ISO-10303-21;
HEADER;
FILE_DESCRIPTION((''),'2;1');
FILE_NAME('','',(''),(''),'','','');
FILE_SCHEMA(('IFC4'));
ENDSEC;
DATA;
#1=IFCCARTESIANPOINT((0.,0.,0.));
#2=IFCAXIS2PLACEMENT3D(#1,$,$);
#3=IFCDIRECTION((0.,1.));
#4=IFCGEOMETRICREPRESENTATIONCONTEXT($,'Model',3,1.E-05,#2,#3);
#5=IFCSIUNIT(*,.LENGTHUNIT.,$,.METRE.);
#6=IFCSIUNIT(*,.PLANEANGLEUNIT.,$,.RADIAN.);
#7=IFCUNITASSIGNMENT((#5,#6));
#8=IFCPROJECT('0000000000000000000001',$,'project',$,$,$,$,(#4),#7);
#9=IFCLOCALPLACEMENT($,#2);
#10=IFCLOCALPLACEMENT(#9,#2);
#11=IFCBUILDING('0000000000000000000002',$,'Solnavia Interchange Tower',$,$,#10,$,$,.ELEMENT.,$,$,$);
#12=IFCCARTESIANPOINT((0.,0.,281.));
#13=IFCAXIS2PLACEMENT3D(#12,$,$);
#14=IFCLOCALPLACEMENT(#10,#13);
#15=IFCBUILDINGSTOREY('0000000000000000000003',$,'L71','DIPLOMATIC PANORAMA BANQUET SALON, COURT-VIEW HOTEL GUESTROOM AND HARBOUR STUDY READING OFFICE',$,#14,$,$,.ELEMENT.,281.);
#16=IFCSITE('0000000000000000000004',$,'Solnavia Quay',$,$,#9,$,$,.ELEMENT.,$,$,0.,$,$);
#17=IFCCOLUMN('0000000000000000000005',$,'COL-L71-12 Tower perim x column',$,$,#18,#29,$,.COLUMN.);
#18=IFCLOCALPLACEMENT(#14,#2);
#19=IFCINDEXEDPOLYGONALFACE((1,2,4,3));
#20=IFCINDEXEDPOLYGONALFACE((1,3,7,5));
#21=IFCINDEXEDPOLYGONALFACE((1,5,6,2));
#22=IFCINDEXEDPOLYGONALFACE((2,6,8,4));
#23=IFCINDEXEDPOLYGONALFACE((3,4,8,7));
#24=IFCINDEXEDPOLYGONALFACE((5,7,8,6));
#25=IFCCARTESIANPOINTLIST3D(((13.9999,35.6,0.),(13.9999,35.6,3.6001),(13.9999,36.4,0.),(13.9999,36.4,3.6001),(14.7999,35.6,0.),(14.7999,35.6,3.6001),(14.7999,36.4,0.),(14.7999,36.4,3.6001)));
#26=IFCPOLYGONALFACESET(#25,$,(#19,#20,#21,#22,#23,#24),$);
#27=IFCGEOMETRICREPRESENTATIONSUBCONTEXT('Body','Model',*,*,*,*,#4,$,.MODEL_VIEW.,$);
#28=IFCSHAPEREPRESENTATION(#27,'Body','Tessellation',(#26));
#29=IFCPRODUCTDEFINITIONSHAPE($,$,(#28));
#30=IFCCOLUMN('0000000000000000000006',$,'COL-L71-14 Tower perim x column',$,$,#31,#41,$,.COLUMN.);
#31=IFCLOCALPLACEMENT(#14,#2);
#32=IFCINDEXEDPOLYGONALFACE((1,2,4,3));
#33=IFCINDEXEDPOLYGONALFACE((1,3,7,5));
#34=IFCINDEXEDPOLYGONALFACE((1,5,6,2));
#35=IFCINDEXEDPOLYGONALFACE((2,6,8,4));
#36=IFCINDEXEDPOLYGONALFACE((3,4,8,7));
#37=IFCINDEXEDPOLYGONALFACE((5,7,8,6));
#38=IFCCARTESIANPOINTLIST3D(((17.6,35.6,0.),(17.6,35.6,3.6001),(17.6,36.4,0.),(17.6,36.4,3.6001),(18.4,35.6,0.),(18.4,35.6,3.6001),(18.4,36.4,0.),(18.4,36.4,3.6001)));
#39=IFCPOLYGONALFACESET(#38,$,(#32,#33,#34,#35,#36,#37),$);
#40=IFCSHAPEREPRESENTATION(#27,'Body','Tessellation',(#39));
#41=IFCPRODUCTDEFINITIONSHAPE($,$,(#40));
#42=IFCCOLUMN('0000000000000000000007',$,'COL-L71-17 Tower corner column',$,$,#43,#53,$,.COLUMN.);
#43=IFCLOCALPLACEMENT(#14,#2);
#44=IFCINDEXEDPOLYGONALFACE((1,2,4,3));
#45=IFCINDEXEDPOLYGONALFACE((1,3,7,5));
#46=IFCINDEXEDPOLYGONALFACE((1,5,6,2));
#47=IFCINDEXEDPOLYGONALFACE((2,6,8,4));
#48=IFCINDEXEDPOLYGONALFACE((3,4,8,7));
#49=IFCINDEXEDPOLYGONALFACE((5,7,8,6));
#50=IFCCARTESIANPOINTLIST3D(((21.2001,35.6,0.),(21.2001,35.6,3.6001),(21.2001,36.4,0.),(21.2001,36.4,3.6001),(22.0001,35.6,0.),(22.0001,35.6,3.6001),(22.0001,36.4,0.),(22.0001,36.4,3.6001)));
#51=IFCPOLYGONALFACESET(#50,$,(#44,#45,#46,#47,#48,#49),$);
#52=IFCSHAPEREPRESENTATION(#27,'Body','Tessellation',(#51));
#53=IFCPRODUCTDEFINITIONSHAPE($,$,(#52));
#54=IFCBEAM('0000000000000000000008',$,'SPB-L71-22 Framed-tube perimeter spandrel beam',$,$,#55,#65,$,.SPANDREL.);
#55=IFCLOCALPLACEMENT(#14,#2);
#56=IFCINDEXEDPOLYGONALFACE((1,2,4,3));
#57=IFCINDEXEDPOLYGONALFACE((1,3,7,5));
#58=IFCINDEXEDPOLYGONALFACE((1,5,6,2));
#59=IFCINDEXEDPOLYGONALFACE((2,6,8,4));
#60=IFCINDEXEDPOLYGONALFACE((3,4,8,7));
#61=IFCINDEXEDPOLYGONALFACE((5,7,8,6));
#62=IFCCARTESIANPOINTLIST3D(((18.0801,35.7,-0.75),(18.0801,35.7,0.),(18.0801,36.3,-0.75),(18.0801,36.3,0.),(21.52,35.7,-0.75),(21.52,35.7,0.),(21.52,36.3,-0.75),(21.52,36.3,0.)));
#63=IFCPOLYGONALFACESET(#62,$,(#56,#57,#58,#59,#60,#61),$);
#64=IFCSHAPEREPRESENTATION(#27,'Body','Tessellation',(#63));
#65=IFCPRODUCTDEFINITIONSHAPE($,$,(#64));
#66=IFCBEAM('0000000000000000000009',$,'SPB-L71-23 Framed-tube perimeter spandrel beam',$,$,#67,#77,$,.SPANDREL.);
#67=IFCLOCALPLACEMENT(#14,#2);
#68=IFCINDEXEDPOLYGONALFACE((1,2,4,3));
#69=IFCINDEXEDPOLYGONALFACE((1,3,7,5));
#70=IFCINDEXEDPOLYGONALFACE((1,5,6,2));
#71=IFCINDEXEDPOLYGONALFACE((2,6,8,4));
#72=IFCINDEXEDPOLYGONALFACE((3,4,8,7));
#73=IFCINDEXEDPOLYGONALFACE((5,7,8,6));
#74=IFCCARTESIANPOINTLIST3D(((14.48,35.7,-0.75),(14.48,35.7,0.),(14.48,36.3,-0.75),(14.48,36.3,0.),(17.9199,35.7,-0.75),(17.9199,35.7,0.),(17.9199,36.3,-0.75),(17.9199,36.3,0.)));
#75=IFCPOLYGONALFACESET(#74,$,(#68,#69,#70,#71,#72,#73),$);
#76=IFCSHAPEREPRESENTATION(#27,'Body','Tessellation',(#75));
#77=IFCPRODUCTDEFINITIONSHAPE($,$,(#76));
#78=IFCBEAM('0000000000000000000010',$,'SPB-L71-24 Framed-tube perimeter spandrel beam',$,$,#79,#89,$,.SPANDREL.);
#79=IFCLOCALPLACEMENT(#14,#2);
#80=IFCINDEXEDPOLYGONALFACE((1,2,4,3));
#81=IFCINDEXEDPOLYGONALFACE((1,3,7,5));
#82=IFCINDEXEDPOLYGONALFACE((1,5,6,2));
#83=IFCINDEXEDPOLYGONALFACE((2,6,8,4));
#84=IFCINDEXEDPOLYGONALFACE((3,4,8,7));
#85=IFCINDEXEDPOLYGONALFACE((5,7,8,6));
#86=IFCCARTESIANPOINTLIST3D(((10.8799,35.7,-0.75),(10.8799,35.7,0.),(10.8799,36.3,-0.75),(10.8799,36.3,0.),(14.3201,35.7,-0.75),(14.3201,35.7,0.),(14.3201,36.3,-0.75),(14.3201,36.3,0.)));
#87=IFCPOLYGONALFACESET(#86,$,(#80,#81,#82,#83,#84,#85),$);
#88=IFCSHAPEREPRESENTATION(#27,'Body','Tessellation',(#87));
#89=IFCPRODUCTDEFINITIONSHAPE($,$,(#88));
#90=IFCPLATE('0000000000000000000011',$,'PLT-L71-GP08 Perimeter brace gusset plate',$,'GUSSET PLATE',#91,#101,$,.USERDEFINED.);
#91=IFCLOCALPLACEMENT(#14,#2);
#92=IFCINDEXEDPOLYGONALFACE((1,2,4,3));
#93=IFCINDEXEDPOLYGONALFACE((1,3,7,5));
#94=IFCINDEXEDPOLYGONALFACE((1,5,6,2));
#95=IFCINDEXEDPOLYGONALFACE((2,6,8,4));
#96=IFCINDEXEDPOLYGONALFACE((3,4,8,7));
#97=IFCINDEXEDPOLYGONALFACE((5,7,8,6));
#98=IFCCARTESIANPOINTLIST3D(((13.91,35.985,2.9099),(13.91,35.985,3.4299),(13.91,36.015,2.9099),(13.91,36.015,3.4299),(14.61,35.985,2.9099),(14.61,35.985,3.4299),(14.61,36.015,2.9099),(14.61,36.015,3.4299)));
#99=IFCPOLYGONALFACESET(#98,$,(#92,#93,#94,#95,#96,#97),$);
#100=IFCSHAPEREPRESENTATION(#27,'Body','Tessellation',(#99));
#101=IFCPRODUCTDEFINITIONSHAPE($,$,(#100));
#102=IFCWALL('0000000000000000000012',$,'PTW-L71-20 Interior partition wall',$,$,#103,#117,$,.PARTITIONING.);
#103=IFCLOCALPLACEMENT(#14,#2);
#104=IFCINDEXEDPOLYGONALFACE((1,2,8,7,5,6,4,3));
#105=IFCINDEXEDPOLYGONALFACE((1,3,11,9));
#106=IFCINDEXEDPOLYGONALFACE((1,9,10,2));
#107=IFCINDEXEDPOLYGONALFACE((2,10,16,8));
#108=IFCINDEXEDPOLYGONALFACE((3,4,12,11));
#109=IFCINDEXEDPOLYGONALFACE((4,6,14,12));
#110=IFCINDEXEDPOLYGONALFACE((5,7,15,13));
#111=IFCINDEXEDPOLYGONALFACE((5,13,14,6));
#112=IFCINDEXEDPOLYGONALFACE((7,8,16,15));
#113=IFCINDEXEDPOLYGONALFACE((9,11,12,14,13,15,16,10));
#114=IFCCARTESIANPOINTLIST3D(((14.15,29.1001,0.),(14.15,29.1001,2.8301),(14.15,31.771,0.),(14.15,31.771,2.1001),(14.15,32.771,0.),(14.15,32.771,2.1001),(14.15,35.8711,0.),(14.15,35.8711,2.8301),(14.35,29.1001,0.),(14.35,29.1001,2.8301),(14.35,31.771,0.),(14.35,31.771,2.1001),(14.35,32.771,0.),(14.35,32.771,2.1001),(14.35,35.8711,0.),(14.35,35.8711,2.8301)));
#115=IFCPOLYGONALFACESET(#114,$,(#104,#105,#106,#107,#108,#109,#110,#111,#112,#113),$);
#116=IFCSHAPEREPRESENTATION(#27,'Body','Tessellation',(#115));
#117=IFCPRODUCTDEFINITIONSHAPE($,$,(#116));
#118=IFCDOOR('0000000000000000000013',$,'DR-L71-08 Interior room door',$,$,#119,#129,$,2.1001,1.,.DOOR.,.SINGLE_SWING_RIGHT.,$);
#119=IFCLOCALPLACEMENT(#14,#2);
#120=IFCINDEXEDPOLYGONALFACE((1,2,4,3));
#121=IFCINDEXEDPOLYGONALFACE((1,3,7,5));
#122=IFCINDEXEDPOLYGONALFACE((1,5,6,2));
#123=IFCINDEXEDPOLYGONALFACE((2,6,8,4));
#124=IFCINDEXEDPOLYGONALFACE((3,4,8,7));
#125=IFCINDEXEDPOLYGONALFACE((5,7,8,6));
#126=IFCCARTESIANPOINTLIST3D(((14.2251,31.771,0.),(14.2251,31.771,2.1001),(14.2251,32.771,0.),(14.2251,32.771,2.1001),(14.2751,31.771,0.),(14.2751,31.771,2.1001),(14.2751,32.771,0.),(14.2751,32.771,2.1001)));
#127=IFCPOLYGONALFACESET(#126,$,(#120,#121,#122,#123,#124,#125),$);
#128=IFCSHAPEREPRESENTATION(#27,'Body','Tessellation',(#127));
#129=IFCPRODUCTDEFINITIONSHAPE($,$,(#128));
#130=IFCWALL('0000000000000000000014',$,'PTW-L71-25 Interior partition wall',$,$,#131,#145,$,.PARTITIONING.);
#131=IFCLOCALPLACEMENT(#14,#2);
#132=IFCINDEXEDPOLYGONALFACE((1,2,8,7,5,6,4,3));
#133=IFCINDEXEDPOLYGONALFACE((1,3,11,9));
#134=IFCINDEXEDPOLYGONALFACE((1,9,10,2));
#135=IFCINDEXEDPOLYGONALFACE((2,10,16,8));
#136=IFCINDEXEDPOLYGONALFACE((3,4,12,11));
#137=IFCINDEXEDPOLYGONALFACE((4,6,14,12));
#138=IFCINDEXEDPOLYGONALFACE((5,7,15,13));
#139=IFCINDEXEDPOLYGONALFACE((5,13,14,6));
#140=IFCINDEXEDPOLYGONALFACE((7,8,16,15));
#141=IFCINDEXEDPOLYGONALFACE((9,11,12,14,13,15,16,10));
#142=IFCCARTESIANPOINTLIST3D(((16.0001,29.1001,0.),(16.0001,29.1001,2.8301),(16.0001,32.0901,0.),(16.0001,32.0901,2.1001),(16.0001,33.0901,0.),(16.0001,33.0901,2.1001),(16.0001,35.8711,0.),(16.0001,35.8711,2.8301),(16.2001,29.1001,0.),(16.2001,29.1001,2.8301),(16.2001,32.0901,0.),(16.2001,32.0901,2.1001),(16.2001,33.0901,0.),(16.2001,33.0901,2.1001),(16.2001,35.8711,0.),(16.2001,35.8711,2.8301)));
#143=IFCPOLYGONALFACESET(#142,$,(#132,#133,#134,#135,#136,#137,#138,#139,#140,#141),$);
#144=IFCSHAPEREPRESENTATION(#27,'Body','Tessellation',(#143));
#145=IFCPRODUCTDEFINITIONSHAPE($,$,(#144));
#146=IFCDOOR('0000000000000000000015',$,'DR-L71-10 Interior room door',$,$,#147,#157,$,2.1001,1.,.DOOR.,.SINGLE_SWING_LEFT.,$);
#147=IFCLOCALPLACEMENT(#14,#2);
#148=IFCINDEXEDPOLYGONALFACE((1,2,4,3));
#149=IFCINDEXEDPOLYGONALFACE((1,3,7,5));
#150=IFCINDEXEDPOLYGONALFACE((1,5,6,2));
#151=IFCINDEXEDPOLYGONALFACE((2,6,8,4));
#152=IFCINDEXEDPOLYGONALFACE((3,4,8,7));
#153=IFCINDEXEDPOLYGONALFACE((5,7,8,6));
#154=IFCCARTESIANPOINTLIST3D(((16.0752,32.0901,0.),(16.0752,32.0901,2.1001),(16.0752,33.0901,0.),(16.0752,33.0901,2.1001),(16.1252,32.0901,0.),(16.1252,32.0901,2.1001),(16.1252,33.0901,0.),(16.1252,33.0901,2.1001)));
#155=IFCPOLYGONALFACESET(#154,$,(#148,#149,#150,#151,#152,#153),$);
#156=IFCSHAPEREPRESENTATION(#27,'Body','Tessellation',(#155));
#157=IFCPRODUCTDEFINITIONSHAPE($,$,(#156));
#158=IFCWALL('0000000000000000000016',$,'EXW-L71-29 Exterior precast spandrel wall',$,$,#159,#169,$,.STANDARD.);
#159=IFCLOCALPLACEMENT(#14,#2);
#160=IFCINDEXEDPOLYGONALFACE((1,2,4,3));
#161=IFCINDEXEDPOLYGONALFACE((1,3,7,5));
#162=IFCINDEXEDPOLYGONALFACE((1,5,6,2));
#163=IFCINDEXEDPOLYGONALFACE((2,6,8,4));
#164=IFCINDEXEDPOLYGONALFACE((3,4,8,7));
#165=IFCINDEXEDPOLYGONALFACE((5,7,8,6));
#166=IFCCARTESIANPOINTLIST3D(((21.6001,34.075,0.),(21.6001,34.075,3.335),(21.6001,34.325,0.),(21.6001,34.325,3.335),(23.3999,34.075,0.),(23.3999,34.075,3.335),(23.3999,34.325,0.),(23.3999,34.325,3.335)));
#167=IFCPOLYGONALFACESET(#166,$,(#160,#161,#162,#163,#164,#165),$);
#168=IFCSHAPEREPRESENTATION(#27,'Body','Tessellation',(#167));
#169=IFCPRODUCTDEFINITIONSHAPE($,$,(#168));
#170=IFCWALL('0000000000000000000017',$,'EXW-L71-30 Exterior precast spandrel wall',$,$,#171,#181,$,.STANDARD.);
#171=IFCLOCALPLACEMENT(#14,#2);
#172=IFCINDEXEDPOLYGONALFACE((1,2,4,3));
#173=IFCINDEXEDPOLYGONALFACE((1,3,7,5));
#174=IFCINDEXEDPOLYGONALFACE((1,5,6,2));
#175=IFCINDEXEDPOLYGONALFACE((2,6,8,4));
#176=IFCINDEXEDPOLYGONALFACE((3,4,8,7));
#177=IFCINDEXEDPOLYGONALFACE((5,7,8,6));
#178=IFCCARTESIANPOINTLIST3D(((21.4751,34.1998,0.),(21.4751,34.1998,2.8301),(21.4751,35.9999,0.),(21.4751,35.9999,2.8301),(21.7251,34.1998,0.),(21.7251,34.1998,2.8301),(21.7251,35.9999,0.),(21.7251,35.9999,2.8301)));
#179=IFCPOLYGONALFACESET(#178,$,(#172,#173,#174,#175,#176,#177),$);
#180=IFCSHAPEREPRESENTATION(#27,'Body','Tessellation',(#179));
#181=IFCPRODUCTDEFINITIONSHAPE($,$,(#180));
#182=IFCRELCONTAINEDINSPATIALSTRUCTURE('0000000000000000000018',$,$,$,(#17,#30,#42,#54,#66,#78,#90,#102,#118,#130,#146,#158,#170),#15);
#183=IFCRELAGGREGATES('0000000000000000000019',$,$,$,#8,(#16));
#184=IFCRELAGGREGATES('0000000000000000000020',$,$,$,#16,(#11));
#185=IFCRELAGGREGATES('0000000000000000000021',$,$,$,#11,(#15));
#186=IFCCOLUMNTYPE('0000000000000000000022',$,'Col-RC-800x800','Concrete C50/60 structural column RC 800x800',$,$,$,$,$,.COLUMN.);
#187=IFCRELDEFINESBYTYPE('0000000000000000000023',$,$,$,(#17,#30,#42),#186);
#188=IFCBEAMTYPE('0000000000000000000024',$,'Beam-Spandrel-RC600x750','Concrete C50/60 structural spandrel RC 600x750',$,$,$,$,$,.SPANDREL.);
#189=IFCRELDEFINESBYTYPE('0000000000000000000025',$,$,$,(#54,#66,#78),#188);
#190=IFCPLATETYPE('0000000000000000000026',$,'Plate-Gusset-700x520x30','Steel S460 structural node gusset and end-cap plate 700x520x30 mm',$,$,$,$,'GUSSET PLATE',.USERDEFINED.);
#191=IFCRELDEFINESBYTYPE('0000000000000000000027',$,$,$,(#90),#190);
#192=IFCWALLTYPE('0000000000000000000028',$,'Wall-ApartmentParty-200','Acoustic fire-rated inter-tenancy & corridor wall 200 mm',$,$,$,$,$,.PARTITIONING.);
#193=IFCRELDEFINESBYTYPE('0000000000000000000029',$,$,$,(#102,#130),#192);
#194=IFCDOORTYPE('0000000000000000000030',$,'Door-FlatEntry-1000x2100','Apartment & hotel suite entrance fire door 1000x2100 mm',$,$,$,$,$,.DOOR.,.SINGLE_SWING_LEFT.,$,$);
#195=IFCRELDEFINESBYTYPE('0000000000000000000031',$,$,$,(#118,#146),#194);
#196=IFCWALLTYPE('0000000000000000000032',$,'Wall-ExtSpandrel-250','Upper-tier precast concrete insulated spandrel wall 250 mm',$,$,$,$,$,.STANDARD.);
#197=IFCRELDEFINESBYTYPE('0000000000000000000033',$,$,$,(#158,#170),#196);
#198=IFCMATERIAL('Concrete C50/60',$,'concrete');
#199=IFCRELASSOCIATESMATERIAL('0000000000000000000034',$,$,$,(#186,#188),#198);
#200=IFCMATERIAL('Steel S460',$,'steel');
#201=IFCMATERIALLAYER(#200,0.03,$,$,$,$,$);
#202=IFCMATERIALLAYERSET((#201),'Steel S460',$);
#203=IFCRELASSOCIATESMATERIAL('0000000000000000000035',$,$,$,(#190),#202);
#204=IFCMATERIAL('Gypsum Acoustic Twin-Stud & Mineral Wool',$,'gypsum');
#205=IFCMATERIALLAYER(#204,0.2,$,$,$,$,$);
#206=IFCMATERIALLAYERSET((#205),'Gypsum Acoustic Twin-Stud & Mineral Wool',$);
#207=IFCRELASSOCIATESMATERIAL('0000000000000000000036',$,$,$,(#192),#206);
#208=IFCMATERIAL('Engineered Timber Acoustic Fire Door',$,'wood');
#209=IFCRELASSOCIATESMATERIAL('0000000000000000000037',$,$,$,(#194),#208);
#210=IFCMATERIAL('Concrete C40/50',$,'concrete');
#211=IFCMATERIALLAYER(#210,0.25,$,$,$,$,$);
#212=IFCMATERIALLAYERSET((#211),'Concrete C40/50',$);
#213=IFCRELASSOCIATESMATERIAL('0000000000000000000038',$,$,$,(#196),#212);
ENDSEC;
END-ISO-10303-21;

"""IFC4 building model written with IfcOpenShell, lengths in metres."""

from ifc_helpers import new_model, si_unit, direction, frame, frame_2d, origin, origin_2d, place, context, subcontext, project, spatial, rectangle, extrude, material, layer, layer_set, material_profile, profile_set, type_object, element, fill, save


model = new_model("IFC4")

# Units and contexts
model_context = context("Model", 3, precision=1e-05, world=origin(), true_north=direction((0.0, 1.0)))
body_context = subcontext(model_context, "Body", "Model", "MODEL_VIEW")
ifc_project = project(units=[si_unit("LENGTHUNIT", "METRE"), si_unit("PLANEANGLEUNIT", "RADIAN")], contexts=[model_context])

# Site, building, storey
site_placement = place(None, origin())
site = spatial("IfcSite", under=ifc_project, at=site_placement, Name="Solnavia Quay", CompositionType="ELEMENT", RefElevation=0.0)
building_placement = place(site_placement, origin())
building = spatial("IfcBuilding", under=site, at=building_placement, Name="Solnavia Interchange Tower", CompositionType="ELEMENT")
storey_placement = place(building_placement, frame((0.0, 0.0, 281.0)))
storey = spatial("IfcBuildingStorey", under=building, at=storey_placement, Name="L71", Description="DIPLOMATIC PANORAMA BANQUET SALON, COURT-VIEW HOTEL GUESTROOM AND HARBOUR STUDY READING OFFICE", CompositionType="ELEMENT", Elevation=281.0)

# Columns
ifc_material_1 = material(Name="Concrete C50/60", Category="concrete")
ifc_material_profile_1 = material_profile(ifc_material_1, rectangle(XDim=0.8, YDim=0.8, at=origin_2d()), Name="RC 800x800")
ifc_profile_set_1 = profile_set([ifc_material_profile_1], Name="Concrete C50/60")
column_type = type_object("IfcColumnType", Name="Col-RC-800x800", Description="Concrete C50/60 structural column RC 800x800", PredefinedType="COLUMN", material=ifc_profile_set_1)
for number, where, z_axis, x_axis, name in (
    (1, (14.3999, 36.0, 0.0), (0.0, 0.0, 1.0), (1.0, 0.0, 0.0), "COL-L71-12 Tower perim x column"),
    (2, (18.0, 36.0, 0.0), (0.0, 0.0, 1.0), (1.0, 0.0, 0.0), "COL-L71-14 Tower perim x column"),
    (3, (21.6001, 36.0, 0.0), (0.0, 0.0, 1.0), (1.0, 0.0, 0.0), "COL-L71-17 Tower corner column"),
):
    element("IfcColumn", number, at=place(storey_placement, frame(where, z_axis=z_axis, x_axis=x_axis)), inside=storey, type_object=column_type, Name=name, PredefinedType="COLUMN", context=body_context, shape_type="SweptSolid", body=[
        extrude(rectangle(XDim=0.8, YDim=0.8, at=origin_2d()), origin(), (0.0, 0.0, 1.0), 3.6001),
    ])

# Beams
ifc_material_profile_2 = material_profile(ifc_material_1, rectangle(XDim=0.6001, YDim=0.75, at=origin_2d()), Name="RC 600x750")
ifc_profile_set_2 = profile_set([ifc_material_profile_2], Name="Concrete C50/60")
beam_type = type_object("IfcBeamType", Name="Beam-Spandrel-RC600x750", Description="Concrete C50/60 structural spandrel RC 600x750", PredefinedType="SPANDREL", material=ifc_profile_set_2)
for number, where, z_axis, x_axis, name in (
    (4, (21.52, 36.0, -0.375), (-1.0, 0.0, 0.0), (0.0, -1.0, 0.0), "SPB-L71-22 Framed-tube perimeter spandrel beam"),
    (5, (17.9199, 36.0, -0.375), (-1.0, 0.0, 0.0), (0.0, -1.0, 0.0), "SPB-L71-23 Framed-tube perimeter spandrel beam"),
):
    element("IfcBeam", number, at=place(storey_placement, frame(where, z_axis=z_axis, x_axis=x_axis)), inside=storey, type_object=beam_type, Name=name, PredefinedType="SPANDREL", context=body_context, shape_type="SweptSolid", body=[
        extrude(rectangle(XDim=0.6001, YDim=0.75, at=origin_2d()), origin(), (0.0, 0.0, 1.0), 3.4399),
    ])
beam_placement = place(storey_placement, frame((14.3201, 36.0, -0.375), z_axis=(-1.0, 0.0, 0.0), x_axis=(0.0, -1.0, 0.0)))
element("IfcBeam", 6, at=beam_placement, inside=storey, type_object=beam_type, Name="SPB-L71-24 Framed-tube perimeter spandrel beam", PredefinedType="SPANDREL", context=body_context, shape_type="SweptSolid", body=[
    extrude(rectangle(XDim=0.6001, YDim=0.75, at=origin_2d()), origin(), (0.0, 0.0, 1.0), 3.4402),
])

# Plate
ifc_material_2 = material(Name="Steel S460", Category="steel")
ifc_layer_1 = layer(ifc_material_2, 0.03)
ifc_layer_set_1 = layer_set([ifc_layer_1], Name="Steel S460")
plate_type = type_object("IfcPlateType", Name="Plate-Gusset-700x520x30", Description="Steel S460 structural node gusset and end-cap plate 700x520x30 mm", ElementType="GUSSET PLATE", PredefinedType="USERDEFINED", material=ifc_layer_set_1)
plate_placement = place(storey_placement, frame((14.26, 36.0, 2.9099), z_axis=(0.0, 0.0, 1.0), x_axis=(1.0, 0.0, 0.0)))
element("IfcPlate", 7, at=plate_placement, inside=storey, type_object=plate_type, Name="PLT-L71-GP08 Perimeter brace gusset plate", ObjectType="GUSSET PLATE", PredefinedType="USERDEFINED", context=body_context, shape_type="SweptSolid", body=[
    extrude(rectangle(XDim=0.7, YDim=0.03, at=origin_2d()), origin(), (0.0, 0.0, 1.0), 0.52),
])

# Walls, openings, doors
ifc_material_3 = material(Name="Gypsum Acoustic Twin-Stud & Mineral Wool", Category="gypsum")
ifc_layer_2 = layer(ifc_material_3, 0.2)
ifc_layer_set_2 = layer_set([ifc_layer_2], Name="Gypsum Acoustic Twin-Stud & Mineral Wool")
wall_type_1 = type_object("IfcWallType", Name="Wall-ApartmentParty-200", Description="Acoustic fire-rated inter-tenancy & corridor wall 200 mm", PredefinedType="PARTITIONING", material=ifc_layer_set_2)
wall_1_placement = place(storey_placement, frame((14.25, 29.1001, 0.0), z_axis=(0.0, 0.0, 1.0), x_axis=(0.0, 1.0, 0.0)))
wall_1 = element("IfcWall", 8, at=wall_1_placement, inside=storey, type_object=wall_type_1, Name="PTW-L71-20 Interior partition wall", PredefinedType="PARTITIONING", context=body_context, shape_type="SweptSolid", body=[
    extrude(rectangle(XDim=6.771, YDim=0.2, at=frame_2d((3.3855, 0.0))), origin(), (0.0, 0.0, 1.0), 2.8301),
])
opening_1_placement = place(wall_1_placement, frame((2.6709, 0.0, 0.0)))
opening_1 = element("IfcOpeningElement", 9, at=opening_1_placement, cuts=wall_1, PredefinedType="OPENING", context=body_context, shape_type="SweptSolid", body=[
    extrude(rectangle(XDim=1.0, YDim=2.1001, at=frame_2d((0.5, 1.05))), frame((0.0, 0.1099, 0.0), z_axis=(0.0, -1.0, 0.0), x_axis=(1.0, 0.0, 0.0)), (0.0, 0.0, 1.0), 0.22),
])
ifc_material_4 = material(Name="Engineered Timber Acoustic Fire Door", Category="wood")
door_type_1 = type_object("IfcDoorType", Name="Door-FlatEntry-1000x2100", Description="Apartment & hotel suite entrance fire door 1000x2100 mm", OperationType="SINGLE_SWING_LEFT", PredefinedType="DOOR", material=ifc_material_4)
door_1_placement = place(opening_1_placement, origin())
door_1 = element("IfcDoor", 10, at=door_1_placement, inside=storey, type_object=door_type_1, Name="DR-L71-08 Interior room door", OperationType="SINGLE_SWING_RIGHT", OverallHeight=2.1001, OverallWidth=1.0, PredefinedType="DOOR", context=body_context, shape_type="SweptSolid", body=[
    extrude(rectangle(XDim=1.0, YDim=2.1001, at=frame_2d((0.5, 1.05))), frame((0.0, 0.0249, 0.0), z_axis=(0.0, -1.0, 0.0), x_axis=(1.0, 0.0, 0.0)), (0.0, 0.0, 1.0), 0.05),
])
fill(opening_1, door_1)
wall_2_placement = place(storey_placement, frame((16.1001, 29.1001, 0.0), z_axis=(0.0, 0.0, 1.0), x_axis=(0.0, 1.0, 0.0)))
wall_2 = element("IfcWall", 11, at=wall_2_placement, inside=storey, type_object=wall_type_1, Name="PTW-L71-25 Interior partition wall", PredefinedType="PARTITIONING", context=body_context, shape_type="SweptSolid", body=[
    extrude(rectangle(XDim=6.771, YDim=0.2, at=frame_2d((3.3855, 0.0))), origin(), (0.0, 0.0, 1.0), 2.8301),
])
opening_2_placement = place(wall_2_placement, frame((2.99, 0.0, 0.0)))
opening_2 = element("IfcOpeningElement", 12, at=opening_2_placement, cuts=wall_2, PredefinedType="OPENING", context=body_context, shape_type="SweptSolid", body=[
    extrude(rectangle(XDim=1.0, YDim=2.1001, at=frame_2d((0.5, 1.05))), frame((0.0, 0.1099, 0.0), z_axis=(0.0, -1.0, 0.0), x_axis=(1.0, 0.0, 0.0)), (0.0, 0.0, 1.0), 0.22),
])
door_2_placement = place(opening_2_placement, origin())
door_2 = element("IfcDoor", 13, at=door_2_placement, inside=storey, type_object=door_type_1, Name="DR-L71-10 Interior room door", OperationType="SINGLE_SWING_LEFT", OverallHeight=2.1001, OverallWidth=1.0, PredefinedType="DOOR", context=body_context, shape_type="SweptSolid", body=[
    extrude(rectangle(XDim=1.0, YDim=2.1001, at=frame_2d((0.5, 1.05))), frame((0.0, 0.0249, 0.0), z_axis=(0.0, -1.0, 0.0), x_axis=(1.0, 0.0, 0.0)), (0.0, 0.0, 1.0), 0.05),
])
fill(opening_2, door_2)

# Walls
ifc_material_5 = material(Name="Concrete C40/50", Category="concrete")
ifc_layer_3 = layer(ifc_material_5, 0.25)
ifc_layer_set_3 = layer_set([ifc_layer_3], Name="Concrete C40/50")
wall_type_2 = type_object("IfcWallType", Name="Wall-ExtSpandrel-250", Description="Upper-tier precast concrete insulated spandrel wall 250 mm", PredefinedType="STANDARD", material=ifc_layer_set_3)
wall_3_placement = place(storey_placement, frame((21.6001, 34.2, 0.0), z_axis=(0.0, 0.0, 1.0), x_axis=(1.0, 0.0, 0.0)))
element("IfcWall", 14, at=wall_3_placement, inside=storey, type_object=wall_type_2, Name="EXW-L71-29 Exterior precast spandrel wall", PredefinedType="STANDARD", context=body_context, shape_type="SweptSolid", body=[
    extrude(rectangle(XDim=1.7998, YDim=0.25, at=frame_2d((0.8999, 0.0))), origin(), (0.0, 0.0, 1.0), 3.335),
])
wall_4_placement = place(storey_placement, frame((21.6001, 34.2, 0.0), z_axis=(0.0, 0.0, 1.0), x_axis=(0.0, 1.0, 0.0)))
element("IfcWall", 15, at=wall_4_placement, inside=storey, type_object=wall_type_2, Name="EXW-L71-30 Exterior precast spandrel wall", PredefinedType="STANDARD", context=body_context, shape_type="SweptSolid", body=[
    extrude(rectangle(XDim=1.8, YDim=0.25, at=frame_2d((0.8999, 0.0))), origin(), (0.0, 0.0, 1.0), 2.8301),
])

save(model, "model.ifc")
